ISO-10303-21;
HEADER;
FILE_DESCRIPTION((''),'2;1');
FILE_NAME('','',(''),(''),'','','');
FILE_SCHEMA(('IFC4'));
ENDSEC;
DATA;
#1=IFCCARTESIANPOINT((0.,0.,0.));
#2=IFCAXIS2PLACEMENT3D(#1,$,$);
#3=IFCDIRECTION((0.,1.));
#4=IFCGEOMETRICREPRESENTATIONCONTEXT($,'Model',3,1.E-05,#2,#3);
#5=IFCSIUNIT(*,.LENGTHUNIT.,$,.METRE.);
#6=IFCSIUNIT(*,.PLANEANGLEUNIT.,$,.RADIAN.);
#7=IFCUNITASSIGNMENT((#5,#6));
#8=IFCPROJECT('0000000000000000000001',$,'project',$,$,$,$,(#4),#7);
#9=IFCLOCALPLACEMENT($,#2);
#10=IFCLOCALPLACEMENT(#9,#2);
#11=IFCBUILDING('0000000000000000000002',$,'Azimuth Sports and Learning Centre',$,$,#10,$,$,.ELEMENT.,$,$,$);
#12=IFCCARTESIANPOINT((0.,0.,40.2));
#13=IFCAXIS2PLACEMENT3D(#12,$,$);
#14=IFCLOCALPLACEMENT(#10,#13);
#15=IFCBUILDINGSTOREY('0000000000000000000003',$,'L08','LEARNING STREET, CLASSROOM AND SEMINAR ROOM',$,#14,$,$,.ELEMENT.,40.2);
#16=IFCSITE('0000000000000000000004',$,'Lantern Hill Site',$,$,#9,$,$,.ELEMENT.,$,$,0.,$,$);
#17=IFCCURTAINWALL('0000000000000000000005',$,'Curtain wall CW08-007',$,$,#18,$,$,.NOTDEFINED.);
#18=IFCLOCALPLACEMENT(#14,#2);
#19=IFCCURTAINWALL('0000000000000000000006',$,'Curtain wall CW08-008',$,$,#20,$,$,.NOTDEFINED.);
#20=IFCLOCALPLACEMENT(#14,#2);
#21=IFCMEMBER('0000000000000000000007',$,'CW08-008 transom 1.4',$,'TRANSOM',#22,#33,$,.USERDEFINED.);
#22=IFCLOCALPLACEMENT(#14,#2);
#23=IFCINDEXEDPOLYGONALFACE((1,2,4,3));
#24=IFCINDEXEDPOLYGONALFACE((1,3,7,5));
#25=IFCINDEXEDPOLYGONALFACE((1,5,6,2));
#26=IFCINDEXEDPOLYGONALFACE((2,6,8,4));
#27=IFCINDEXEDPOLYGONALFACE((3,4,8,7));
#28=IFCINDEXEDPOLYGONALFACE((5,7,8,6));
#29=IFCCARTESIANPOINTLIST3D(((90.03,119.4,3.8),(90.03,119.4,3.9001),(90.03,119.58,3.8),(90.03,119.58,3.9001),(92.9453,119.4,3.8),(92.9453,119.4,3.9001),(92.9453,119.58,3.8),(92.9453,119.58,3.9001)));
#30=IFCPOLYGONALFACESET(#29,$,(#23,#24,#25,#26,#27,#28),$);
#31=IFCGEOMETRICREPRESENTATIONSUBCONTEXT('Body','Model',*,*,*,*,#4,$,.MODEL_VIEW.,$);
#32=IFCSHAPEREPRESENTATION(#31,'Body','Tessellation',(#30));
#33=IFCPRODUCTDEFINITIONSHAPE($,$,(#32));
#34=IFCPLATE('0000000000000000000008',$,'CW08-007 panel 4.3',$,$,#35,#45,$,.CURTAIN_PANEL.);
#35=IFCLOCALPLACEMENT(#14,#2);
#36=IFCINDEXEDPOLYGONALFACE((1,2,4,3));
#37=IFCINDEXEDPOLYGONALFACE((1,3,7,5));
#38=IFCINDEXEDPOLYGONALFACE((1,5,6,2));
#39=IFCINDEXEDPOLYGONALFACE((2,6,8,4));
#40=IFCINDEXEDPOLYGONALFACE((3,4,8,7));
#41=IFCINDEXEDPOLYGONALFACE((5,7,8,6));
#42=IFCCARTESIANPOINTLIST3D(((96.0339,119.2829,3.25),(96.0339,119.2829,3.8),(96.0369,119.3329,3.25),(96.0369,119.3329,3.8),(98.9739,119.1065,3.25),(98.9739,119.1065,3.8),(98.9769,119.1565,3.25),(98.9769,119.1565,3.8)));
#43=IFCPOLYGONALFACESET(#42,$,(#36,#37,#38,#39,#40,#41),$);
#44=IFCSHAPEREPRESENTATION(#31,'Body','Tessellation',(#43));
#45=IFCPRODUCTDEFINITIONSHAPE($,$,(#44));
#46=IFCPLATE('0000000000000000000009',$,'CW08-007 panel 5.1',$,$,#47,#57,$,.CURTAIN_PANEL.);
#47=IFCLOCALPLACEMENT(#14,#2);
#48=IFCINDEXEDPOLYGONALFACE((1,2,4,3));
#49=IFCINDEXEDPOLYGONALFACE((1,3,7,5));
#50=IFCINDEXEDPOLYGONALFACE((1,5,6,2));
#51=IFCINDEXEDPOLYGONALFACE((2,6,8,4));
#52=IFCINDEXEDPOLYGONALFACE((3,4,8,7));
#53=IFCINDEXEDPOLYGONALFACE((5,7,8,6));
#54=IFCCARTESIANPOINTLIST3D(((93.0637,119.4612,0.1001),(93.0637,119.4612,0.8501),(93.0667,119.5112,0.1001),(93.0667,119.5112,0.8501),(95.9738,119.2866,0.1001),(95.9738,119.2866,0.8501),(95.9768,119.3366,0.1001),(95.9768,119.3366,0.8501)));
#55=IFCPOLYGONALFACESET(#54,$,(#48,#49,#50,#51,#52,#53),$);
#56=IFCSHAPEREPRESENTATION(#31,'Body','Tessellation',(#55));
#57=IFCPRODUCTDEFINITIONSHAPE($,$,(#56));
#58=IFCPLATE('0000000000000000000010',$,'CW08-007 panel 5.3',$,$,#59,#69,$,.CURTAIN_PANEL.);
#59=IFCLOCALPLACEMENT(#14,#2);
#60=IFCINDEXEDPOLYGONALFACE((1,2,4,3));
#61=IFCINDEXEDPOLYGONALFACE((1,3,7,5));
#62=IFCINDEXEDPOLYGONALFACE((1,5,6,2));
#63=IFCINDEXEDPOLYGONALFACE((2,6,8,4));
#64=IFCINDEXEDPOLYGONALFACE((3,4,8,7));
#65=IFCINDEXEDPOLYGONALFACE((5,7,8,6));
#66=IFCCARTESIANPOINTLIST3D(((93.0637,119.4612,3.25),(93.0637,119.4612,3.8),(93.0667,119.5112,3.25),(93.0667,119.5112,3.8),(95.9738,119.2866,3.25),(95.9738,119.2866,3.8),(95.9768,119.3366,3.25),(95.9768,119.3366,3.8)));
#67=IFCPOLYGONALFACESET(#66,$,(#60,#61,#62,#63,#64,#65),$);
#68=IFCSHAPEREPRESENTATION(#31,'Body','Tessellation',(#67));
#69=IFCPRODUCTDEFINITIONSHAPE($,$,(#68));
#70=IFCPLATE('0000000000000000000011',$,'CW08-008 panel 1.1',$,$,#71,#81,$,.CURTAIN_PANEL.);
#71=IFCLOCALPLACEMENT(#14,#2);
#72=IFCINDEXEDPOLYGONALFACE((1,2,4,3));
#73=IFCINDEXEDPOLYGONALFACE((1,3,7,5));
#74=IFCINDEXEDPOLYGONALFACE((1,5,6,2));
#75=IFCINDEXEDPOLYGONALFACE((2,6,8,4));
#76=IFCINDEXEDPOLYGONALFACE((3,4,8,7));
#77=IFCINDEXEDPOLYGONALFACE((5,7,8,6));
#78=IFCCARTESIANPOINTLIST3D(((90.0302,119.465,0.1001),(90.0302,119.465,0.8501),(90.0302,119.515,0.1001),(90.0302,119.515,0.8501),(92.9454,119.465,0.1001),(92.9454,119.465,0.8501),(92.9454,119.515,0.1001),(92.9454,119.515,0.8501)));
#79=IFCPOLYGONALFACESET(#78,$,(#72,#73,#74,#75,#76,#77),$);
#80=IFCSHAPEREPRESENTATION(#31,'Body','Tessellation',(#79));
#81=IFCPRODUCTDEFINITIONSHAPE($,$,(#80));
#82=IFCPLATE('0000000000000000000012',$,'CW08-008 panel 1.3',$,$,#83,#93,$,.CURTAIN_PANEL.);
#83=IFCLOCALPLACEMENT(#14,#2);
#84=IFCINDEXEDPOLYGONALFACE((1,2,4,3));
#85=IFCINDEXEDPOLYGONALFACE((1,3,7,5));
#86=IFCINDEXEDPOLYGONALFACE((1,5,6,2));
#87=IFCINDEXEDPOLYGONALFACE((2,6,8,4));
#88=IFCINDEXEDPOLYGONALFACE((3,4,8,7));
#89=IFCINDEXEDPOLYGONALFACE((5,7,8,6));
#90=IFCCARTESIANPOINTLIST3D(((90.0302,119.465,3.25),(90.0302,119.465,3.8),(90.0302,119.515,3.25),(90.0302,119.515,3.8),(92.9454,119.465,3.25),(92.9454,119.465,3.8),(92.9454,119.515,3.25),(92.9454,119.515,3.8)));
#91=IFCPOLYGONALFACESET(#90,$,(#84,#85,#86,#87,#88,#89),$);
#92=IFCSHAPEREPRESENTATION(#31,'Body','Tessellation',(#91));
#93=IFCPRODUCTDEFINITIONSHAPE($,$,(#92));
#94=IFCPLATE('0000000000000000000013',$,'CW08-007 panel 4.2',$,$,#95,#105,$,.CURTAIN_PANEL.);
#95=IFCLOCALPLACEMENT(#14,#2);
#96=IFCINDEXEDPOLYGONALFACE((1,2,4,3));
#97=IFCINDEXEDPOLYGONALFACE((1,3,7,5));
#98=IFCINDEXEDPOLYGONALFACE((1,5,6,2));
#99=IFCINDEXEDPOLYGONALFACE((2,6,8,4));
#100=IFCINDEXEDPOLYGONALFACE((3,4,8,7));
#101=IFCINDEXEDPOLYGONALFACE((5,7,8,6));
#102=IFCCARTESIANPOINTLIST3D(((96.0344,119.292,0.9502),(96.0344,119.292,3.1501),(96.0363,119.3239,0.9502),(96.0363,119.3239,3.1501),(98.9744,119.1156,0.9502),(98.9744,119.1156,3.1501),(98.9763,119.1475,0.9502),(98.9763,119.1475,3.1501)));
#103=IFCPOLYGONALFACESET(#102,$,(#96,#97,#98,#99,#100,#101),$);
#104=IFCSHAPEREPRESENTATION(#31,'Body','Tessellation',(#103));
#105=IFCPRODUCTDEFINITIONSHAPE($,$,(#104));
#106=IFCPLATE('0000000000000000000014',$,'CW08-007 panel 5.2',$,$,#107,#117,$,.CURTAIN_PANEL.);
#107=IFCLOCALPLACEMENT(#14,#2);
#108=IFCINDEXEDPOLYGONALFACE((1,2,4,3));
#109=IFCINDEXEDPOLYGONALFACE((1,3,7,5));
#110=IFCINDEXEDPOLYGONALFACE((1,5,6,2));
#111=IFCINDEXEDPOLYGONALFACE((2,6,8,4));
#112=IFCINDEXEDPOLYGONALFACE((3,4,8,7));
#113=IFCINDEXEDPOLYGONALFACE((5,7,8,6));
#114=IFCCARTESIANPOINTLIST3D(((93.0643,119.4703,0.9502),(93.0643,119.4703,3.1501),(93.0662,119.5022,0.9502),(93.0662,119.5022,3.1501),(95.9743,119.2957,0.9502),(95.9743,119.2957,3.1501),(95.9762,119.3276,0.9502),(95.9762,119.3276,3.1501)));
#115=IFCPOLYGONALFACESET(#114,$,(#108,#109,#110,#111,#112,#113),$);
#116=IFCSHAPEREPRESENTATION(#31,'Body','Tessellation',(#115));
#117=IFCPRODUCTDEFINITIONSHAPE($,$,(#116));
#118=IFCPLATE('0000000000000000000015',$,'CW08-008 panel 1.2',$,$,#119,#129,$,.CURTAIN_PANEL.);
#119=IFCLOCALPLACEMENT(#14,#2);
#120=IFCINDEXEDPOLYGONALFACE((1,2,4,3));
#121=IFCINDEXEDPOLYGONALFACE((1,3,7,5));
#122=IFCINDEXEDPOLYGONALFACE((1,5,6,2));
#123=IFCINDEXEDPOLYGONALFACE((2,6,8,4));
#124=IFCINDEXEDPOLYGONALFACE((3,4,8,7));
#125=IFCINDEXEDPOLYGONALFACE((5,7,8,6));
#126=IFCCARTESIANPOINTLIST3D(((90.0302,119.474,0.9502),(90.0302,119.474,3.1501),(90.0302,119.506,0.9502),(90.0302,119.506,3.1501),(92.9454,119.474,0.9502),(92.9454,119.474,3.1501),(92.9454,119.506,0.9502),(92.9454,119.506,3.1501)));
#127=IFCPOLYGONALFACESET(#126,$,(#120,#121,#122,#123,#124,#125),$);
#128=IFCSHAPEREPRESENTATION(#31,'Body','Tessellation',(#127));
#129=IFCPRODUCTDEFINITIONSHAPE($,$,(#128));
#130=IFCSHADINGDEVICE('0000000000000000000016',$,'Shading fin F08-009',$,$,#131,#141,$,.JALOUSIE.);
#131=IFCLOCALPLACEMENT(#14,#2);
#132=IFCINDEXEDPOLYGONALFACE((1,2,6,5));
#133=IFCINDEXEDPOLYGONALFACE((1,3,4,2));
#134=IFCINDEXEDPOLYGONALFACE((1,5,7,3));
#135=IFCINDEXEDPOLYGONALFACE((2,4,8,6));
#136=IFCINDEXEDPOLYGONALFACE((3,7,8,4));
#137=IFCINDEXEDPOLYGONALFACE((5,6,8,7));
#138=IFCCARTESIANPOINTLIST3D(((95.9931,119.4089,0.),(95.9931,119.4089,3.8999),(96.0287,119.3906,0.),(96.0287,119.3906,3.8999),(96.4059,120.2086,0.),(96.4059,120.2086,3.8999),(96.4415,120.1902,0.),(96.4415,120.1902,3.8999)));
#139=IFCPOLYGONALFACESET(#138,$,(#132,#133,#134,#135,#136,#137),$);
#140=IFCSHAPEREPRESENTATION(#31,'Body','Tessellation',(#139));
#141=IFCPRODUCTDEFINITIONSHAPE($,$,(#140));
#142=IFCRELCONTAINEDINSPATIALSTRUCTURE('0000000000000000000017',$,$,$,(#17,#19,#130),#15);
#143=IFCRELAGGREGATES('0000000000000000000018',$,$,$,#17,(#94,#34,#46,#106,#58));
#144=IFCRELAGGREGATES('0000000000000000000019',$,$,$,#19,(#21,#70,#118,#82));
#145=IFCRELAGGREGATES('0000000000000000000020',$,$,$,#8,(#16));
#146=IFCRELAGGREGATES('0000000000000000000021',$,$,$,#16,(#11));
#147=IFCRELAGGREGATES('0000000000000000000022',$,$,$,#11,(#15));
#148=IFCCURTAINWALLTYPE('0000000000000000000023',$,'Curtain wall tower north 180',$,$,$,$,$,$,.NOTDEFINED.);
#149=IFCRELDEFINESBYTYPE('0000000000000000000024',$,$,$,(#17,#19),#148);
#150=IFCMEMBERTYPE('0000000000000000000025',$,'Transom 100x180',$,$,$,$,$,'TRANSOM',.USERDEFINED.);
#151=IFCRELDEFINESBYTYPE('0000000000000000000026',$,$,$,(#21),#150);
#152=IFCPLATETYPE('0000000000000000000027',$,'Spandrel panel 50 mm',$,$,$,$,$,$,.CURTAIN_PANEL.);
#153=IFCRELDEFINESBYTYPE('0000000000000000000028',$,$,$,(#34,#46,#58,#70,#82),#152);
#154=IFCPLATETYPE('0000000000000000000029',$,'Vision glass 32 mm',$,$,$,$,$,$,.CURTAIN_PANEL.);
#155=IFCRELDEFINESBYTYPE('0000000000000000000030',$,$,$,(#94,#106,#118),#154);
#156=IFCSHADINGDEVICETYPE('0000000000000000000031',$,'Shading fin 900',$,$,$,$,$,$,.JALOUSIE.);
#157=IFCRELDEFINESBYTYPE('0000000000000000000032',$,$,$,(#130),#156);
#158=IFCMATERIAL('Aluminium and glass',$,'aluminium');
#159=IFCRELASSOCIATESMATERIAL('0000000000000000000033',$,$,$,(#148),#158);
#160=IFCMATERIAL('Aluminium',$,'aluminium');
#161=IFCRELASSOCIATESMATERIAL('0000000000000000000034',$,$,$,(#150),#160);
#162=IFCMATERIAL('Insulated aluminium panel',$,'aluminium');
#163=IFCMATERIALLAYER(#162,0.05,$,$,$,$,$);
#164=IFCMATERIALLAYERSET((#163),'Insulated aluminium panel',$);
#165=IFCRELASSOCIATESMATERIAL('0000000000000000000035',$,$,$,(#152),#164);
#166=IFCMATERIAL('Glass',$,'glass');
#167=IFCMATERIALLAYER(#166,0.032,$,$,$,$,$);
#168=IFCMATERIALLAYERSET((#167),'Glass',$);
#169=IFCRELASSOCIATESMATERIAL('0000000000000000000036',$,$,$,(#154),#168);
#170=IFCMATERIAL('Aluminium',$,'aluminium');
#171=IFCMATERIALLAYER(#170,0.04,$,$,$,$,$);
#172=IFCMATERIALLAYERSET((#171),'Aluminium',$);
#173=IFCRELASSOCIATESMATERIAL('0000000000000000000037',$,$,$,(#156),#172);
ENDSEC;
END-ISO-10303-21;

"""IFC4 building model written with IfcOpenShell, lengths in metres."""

from ifc_helpers import new_model, si_unit, direction, frame, origin, origin_2d, place, context, subcontext, project, spatial, rectangle, extrude, material, layer, layer_set, material_profile, profile_set, type_object, element, aggregate, save


model = new_model("IFC4")

# Units and contexts
model_context = context("Model", 3, precision=1e-05, world=origin(), true_north=direction((0.0, 1.0)))
body_context = subcontext(model_context, "Body", "Model", "MODEL_VIEW")
ifc_project = project(units=[si_unit("LENGTHUNIT", "METRE"), si_unit("PLANEANGLEUNIT", "RADIAN")], contexts=[model_context])

# Site, building, storey
site_placement = place(None, origin())
site = spatial("IfcSite", under=ifc_project, at=site_placement, Name="Lantern Hill Site", CompositionType="ELEMENT", RefElevation=0.0)
building_placement = place(site_placement, origin())
building = spatial("IfcBuilding", under=site, at=building_placement, Name="Azimuth Sports and Learning Centre", CompositionType="ELEMENT")
storey_placement = place(building_placement, frame((0.0, 0.0, 40.2)))
storey = spatial("IfcBuildingStorey", under=building, at=storey_placement, Name="L08", Description="LEARNING STREET, CLASSROOM AND SEMINAR ROOM", CompositionType="ELEMENT", Elevation=40.2)

# Curtain wall
ifc_material_1 = material(Name="Aluminium and glass", Category="aluminium")
curtain_wall_type = type_object("IfcCurtainWallType", Name="Curtain wall tower north 180", PredefinedType="NOTDEFINED", material=ifc_material_1)
curtain_wall_1_placement = place(storey_placement, origin())
curtain_wall_1 = element("IfcCurtainWall", 1, at=curtain_wall_1_placement, inside=storey, type_object=curtain_wall_type, Name="Curtain wall CW08-007", PredefinedType="NOTDEFINED")

# Curtain wall
curtain_wall_2_placement = place(storey_placement, origin())
curtain_wall_2 = element("IfcCurtainWall", 2, at=curtain_wall_2_placement, inside=storey, type_object=curtain_wall_type, Name="Curtain wall CW08-008", PredefinedType="NOTDEFINED")

# Member
ifc_material_2 = material(Name="Aluminium", Category="aluminium")
ifc_material_profile_1 = material_profile(ifc_material_2, rectangle(XDim=0.1799, YDim=0.1001, at=origin_2d()), Name="Transom 100x180")
ifc_profile_set_1 = profile_set([ifc_material_profile_1], Name="Aluminium")
member_type_1 = type_object("IfcMemberType", Name="Transom 100x180", ElementType="TRANSOM", PredefinedType="USERDEFINED", material=ifc_profile_set_1)
member_1_placement = place(storey_placement, frame((92.9453, 119.49, 3.8501), z_axis=(-1.0, 0.0, 0.0), x_axis=(0.0, -1.0, 0.0)))
member_1 = element("IfcMember", 3, at=member_1_placement, type_object=member_type_1, Name="CW08-008 transom 1.4", ObjectType="TRANSOM", PredefinedType="USERDEFINED", context=body_context, shape_type="SweptSolid", body=[
    extrude(rectangle(XDim=0.1799, YDim=0.1001, at=origin_2d()), origin(), (0.0, 0.0, 1.0), 2.9153),
])

# Plates
ifc_material_3 = material(Name="Insulated aluminium panel", Category="aluminium")
ifc_layer_1 = layer(ifc_material_3, 0.05)
ifc_layer_set_1 = layer_set([ifc_layer_1], Name="Insulated aluminium panel")
plate_type_1 = type_object("IfcPlateType", Name="Spandrel panel 50 mm", PredefinedType="CURTAIN_PANEL", material=ifc_layer_set_1)
plate_1_placement = place(storey_placement, frame((97.5054, 119.2197, 3.25), z_axis=(0.0, 0.0, 1.0), x_axis=(-0.998205, 0.059892, 0.0)))
plate_1 = element("IfcPlate", 4, at=plate_1_placement, type_object=plate_type_1, Name="CW08-007 panel 4.3", PredefinedType="CURTAIN_PANEL", context=body_context, shape_type="SweptSolid", body=[
    extrude(rectangle(XDim=2.9453, YDim=0.05, at=origin_2d()), origin(), (0.0, 0.0, 1.0), 0.55),
])
plate_2_placement = place(storey_placement, frame((94.5203, 119.3989, 0.1001), z_axis=(0.0, 0.0, 1.0), x_axis=(-0.998205, 0.059892, 0.0)))
plate_2 = element("IfcPlate", 5, at=plate_2_placement, type_object=plate_type_1, Name="CW08-007 panel 5.1", PredefinedType="CURTAIN_PANEL", context=body_context, shape_type="SweptSolid", body=[
    extrude(rectangle(XDim=2.9153, YDim=0.05, at=origin_2d()), origin(), (0.0, 0.0, 1.0), 0.75),
])
plate_3_placement = place(storey_placement, frame((94.5203, 119.3989, 3.25), z_axis=(0.0, 0.0, 1.0), x_axis=(-0.998205, 0.059892, 0.0)))
plate_3 = element("IfcPlate", 6, at=plate_3_placement, type_object=plate_type_1, Name="CW08-007 panel 5.3", PredefinedType="CURTAIN_PANEL", context=body_context, shape_type="SweptSolid", body=[
    extrude(rectangle(XDim=2.9153, YDim=0.05, at=origin_2d()), origin(), (0.0, 0.0, 1.0), 0.55),
])
plate_4_placement = place(storey_placement, frame((91.4878, 119.49, 0.1001), z_axis=(0.0, 0.0, 1.0), x_axis=(-1.0, 0.0, 0.0)))
plate_4 = element("IfcPlate", 7, at=plate_4_placement, type_object=plate_type_1, Name="CW08-008 panel 1.1", PredefinedType="CURTAIN_PANEL", context=body_context, shape_type="SweptSolid", body=[
    extrude(rectangle(XDim=2.9153, YDim=0.05, at=origin_2d()), origin(), (0.0, 0.0, 1.0), 0.75),
])
plate_5_placement = place(storey_placement, frame((91.4878, 119.49, 3.25), z_axis=(0.0, 0.0, 1.0), x_axis=(-1.0, 0.0, 0.0)))
plate_5 = element("IfcPlate", 8, at=plate_5_placement, type_object=plate_type_1, Name="CW08-008 panel 1.3", PredefinedType="CURTAIN_PANEL", context=body_context, shape_type="SweptSolid", body=[
    extrude(rectangle(XDim=2.9153, YDim=0.05, at=origin_2d()), origin(), (0.0, 0.0, 1.0), 0.55),
])
ifc_material_4 = material(Name="Glass", Category="glass")
ifc_layer_2 = layer(ifc_material_4, 0.032)
ifc_layer_set_2 = layer_set([ifc_layer_2], Name="Glass")
plate_type_2 = type_object("IfcPlateType", Name="Vision glass 32 mm", PredefinedType="CURTAIN_PANEL", material=ifc_layer_set_2)
plate_6_placement = place(storey_placement, frame((97.5054, 119.2197, 0.9502), z_axis=(0.0, 0.0, 1.0), x_axis=(-0.998205, 0.059892, 0.0)))
plate_6 = element("IfcPlate", 9, at=plate_6_placement, type_object=plate_type_2, Name="CW08-007 panel 4.2", PredefinedType="CURTAIN_PANEL", context=body_context, shape_type="SweptSolid", body=[
    extrude(rectangle(XDim=2.9453, YDim=0.032, at=origin_2d()), origin(), (0.0, 0.0, 1.0), 2.2),
])
plate_7_placement = place(storey_placement, frame((94.5203, 119.3989, 0.9502), z_axis=(0.0, 0.0, 1.0), x_axis=(-0.998205, 0.059892, 0.0)))
plate_7 = element("IfcPlate", 10, at=plate_7_placement, type_object=plate_type_2, Name="CW08-007 panel 5.2", PredefinedType="CURTAIN_PANEL", context=body_context, shape_type="SweptSolid", body=[
    extrude(rectangle(XDim=2.9153, YDim=0.032, at=origin_2d()), origin(), (0.0, 0.0, 1.0), 2.2),
])
aggregate(curtain_wall_1, [plate_6, plate_1, plate_2, plate_7, plate_3])
plate_8_placement = place(storey_placement, frame((91.4878, 119.49, 0.9502), z_axis=(0.0, 0.0, 1.0), x_axis=(-1.0, 0.0, 0.0)))
plate_8 = element("IfcPlate", 11, at=plate_8_placement, type_object=plate_type_2, Name="CW08-008 panel 1.2", PredefinedType="CURTAIN_PANEL", context=body_context, shape_type="SweptSolid", body=[
    extrude(rectangle(XDim=2.9153, YDim=0.032, at=origin_2d()), origin(), (0.0, 0.0, 1.0), 2.2),
])
aggregate(curtain_wall_2, [member_1, plate_4, plate_8, plate_5])

# Shading device
ifc_material_5 = material(Name="Aluminium", Category="aluminium")
ifc_layer_3 = layer(ifc_material_5, 0.04)
ifc_layer_set_3 = layer_set([ifc_layer_3], Name="Aluminium")
shading_device_type = type_object("IfcShadingDeviceType", Name="Shading fin 900", PredefinedType="JALOUSIE", material=ifc_layer_set_3)
shading_device_placement = place(storey_placement, frame((96.2173, 119.7996, 0.0), z_axis=(0.0, 0.0, 1.0), x_axis=(0.458683, 0.8886, 0.0)))
element("IfcShadingDevice", 12, at=shading_device_placement, inside=storey, type_object=shading_device_type, Name="Shading fin F08-009", PredefinedType="JALOUSIE", context=body_context, shape_type="SweptSolid", body=[
    extrude(rectangle(XDim=0.8999, YDim=0.04, at=origin_2d()), origin(), (0.0, 0.0, 1.0), 3.8999),
])

save(model, "model.ifc")
